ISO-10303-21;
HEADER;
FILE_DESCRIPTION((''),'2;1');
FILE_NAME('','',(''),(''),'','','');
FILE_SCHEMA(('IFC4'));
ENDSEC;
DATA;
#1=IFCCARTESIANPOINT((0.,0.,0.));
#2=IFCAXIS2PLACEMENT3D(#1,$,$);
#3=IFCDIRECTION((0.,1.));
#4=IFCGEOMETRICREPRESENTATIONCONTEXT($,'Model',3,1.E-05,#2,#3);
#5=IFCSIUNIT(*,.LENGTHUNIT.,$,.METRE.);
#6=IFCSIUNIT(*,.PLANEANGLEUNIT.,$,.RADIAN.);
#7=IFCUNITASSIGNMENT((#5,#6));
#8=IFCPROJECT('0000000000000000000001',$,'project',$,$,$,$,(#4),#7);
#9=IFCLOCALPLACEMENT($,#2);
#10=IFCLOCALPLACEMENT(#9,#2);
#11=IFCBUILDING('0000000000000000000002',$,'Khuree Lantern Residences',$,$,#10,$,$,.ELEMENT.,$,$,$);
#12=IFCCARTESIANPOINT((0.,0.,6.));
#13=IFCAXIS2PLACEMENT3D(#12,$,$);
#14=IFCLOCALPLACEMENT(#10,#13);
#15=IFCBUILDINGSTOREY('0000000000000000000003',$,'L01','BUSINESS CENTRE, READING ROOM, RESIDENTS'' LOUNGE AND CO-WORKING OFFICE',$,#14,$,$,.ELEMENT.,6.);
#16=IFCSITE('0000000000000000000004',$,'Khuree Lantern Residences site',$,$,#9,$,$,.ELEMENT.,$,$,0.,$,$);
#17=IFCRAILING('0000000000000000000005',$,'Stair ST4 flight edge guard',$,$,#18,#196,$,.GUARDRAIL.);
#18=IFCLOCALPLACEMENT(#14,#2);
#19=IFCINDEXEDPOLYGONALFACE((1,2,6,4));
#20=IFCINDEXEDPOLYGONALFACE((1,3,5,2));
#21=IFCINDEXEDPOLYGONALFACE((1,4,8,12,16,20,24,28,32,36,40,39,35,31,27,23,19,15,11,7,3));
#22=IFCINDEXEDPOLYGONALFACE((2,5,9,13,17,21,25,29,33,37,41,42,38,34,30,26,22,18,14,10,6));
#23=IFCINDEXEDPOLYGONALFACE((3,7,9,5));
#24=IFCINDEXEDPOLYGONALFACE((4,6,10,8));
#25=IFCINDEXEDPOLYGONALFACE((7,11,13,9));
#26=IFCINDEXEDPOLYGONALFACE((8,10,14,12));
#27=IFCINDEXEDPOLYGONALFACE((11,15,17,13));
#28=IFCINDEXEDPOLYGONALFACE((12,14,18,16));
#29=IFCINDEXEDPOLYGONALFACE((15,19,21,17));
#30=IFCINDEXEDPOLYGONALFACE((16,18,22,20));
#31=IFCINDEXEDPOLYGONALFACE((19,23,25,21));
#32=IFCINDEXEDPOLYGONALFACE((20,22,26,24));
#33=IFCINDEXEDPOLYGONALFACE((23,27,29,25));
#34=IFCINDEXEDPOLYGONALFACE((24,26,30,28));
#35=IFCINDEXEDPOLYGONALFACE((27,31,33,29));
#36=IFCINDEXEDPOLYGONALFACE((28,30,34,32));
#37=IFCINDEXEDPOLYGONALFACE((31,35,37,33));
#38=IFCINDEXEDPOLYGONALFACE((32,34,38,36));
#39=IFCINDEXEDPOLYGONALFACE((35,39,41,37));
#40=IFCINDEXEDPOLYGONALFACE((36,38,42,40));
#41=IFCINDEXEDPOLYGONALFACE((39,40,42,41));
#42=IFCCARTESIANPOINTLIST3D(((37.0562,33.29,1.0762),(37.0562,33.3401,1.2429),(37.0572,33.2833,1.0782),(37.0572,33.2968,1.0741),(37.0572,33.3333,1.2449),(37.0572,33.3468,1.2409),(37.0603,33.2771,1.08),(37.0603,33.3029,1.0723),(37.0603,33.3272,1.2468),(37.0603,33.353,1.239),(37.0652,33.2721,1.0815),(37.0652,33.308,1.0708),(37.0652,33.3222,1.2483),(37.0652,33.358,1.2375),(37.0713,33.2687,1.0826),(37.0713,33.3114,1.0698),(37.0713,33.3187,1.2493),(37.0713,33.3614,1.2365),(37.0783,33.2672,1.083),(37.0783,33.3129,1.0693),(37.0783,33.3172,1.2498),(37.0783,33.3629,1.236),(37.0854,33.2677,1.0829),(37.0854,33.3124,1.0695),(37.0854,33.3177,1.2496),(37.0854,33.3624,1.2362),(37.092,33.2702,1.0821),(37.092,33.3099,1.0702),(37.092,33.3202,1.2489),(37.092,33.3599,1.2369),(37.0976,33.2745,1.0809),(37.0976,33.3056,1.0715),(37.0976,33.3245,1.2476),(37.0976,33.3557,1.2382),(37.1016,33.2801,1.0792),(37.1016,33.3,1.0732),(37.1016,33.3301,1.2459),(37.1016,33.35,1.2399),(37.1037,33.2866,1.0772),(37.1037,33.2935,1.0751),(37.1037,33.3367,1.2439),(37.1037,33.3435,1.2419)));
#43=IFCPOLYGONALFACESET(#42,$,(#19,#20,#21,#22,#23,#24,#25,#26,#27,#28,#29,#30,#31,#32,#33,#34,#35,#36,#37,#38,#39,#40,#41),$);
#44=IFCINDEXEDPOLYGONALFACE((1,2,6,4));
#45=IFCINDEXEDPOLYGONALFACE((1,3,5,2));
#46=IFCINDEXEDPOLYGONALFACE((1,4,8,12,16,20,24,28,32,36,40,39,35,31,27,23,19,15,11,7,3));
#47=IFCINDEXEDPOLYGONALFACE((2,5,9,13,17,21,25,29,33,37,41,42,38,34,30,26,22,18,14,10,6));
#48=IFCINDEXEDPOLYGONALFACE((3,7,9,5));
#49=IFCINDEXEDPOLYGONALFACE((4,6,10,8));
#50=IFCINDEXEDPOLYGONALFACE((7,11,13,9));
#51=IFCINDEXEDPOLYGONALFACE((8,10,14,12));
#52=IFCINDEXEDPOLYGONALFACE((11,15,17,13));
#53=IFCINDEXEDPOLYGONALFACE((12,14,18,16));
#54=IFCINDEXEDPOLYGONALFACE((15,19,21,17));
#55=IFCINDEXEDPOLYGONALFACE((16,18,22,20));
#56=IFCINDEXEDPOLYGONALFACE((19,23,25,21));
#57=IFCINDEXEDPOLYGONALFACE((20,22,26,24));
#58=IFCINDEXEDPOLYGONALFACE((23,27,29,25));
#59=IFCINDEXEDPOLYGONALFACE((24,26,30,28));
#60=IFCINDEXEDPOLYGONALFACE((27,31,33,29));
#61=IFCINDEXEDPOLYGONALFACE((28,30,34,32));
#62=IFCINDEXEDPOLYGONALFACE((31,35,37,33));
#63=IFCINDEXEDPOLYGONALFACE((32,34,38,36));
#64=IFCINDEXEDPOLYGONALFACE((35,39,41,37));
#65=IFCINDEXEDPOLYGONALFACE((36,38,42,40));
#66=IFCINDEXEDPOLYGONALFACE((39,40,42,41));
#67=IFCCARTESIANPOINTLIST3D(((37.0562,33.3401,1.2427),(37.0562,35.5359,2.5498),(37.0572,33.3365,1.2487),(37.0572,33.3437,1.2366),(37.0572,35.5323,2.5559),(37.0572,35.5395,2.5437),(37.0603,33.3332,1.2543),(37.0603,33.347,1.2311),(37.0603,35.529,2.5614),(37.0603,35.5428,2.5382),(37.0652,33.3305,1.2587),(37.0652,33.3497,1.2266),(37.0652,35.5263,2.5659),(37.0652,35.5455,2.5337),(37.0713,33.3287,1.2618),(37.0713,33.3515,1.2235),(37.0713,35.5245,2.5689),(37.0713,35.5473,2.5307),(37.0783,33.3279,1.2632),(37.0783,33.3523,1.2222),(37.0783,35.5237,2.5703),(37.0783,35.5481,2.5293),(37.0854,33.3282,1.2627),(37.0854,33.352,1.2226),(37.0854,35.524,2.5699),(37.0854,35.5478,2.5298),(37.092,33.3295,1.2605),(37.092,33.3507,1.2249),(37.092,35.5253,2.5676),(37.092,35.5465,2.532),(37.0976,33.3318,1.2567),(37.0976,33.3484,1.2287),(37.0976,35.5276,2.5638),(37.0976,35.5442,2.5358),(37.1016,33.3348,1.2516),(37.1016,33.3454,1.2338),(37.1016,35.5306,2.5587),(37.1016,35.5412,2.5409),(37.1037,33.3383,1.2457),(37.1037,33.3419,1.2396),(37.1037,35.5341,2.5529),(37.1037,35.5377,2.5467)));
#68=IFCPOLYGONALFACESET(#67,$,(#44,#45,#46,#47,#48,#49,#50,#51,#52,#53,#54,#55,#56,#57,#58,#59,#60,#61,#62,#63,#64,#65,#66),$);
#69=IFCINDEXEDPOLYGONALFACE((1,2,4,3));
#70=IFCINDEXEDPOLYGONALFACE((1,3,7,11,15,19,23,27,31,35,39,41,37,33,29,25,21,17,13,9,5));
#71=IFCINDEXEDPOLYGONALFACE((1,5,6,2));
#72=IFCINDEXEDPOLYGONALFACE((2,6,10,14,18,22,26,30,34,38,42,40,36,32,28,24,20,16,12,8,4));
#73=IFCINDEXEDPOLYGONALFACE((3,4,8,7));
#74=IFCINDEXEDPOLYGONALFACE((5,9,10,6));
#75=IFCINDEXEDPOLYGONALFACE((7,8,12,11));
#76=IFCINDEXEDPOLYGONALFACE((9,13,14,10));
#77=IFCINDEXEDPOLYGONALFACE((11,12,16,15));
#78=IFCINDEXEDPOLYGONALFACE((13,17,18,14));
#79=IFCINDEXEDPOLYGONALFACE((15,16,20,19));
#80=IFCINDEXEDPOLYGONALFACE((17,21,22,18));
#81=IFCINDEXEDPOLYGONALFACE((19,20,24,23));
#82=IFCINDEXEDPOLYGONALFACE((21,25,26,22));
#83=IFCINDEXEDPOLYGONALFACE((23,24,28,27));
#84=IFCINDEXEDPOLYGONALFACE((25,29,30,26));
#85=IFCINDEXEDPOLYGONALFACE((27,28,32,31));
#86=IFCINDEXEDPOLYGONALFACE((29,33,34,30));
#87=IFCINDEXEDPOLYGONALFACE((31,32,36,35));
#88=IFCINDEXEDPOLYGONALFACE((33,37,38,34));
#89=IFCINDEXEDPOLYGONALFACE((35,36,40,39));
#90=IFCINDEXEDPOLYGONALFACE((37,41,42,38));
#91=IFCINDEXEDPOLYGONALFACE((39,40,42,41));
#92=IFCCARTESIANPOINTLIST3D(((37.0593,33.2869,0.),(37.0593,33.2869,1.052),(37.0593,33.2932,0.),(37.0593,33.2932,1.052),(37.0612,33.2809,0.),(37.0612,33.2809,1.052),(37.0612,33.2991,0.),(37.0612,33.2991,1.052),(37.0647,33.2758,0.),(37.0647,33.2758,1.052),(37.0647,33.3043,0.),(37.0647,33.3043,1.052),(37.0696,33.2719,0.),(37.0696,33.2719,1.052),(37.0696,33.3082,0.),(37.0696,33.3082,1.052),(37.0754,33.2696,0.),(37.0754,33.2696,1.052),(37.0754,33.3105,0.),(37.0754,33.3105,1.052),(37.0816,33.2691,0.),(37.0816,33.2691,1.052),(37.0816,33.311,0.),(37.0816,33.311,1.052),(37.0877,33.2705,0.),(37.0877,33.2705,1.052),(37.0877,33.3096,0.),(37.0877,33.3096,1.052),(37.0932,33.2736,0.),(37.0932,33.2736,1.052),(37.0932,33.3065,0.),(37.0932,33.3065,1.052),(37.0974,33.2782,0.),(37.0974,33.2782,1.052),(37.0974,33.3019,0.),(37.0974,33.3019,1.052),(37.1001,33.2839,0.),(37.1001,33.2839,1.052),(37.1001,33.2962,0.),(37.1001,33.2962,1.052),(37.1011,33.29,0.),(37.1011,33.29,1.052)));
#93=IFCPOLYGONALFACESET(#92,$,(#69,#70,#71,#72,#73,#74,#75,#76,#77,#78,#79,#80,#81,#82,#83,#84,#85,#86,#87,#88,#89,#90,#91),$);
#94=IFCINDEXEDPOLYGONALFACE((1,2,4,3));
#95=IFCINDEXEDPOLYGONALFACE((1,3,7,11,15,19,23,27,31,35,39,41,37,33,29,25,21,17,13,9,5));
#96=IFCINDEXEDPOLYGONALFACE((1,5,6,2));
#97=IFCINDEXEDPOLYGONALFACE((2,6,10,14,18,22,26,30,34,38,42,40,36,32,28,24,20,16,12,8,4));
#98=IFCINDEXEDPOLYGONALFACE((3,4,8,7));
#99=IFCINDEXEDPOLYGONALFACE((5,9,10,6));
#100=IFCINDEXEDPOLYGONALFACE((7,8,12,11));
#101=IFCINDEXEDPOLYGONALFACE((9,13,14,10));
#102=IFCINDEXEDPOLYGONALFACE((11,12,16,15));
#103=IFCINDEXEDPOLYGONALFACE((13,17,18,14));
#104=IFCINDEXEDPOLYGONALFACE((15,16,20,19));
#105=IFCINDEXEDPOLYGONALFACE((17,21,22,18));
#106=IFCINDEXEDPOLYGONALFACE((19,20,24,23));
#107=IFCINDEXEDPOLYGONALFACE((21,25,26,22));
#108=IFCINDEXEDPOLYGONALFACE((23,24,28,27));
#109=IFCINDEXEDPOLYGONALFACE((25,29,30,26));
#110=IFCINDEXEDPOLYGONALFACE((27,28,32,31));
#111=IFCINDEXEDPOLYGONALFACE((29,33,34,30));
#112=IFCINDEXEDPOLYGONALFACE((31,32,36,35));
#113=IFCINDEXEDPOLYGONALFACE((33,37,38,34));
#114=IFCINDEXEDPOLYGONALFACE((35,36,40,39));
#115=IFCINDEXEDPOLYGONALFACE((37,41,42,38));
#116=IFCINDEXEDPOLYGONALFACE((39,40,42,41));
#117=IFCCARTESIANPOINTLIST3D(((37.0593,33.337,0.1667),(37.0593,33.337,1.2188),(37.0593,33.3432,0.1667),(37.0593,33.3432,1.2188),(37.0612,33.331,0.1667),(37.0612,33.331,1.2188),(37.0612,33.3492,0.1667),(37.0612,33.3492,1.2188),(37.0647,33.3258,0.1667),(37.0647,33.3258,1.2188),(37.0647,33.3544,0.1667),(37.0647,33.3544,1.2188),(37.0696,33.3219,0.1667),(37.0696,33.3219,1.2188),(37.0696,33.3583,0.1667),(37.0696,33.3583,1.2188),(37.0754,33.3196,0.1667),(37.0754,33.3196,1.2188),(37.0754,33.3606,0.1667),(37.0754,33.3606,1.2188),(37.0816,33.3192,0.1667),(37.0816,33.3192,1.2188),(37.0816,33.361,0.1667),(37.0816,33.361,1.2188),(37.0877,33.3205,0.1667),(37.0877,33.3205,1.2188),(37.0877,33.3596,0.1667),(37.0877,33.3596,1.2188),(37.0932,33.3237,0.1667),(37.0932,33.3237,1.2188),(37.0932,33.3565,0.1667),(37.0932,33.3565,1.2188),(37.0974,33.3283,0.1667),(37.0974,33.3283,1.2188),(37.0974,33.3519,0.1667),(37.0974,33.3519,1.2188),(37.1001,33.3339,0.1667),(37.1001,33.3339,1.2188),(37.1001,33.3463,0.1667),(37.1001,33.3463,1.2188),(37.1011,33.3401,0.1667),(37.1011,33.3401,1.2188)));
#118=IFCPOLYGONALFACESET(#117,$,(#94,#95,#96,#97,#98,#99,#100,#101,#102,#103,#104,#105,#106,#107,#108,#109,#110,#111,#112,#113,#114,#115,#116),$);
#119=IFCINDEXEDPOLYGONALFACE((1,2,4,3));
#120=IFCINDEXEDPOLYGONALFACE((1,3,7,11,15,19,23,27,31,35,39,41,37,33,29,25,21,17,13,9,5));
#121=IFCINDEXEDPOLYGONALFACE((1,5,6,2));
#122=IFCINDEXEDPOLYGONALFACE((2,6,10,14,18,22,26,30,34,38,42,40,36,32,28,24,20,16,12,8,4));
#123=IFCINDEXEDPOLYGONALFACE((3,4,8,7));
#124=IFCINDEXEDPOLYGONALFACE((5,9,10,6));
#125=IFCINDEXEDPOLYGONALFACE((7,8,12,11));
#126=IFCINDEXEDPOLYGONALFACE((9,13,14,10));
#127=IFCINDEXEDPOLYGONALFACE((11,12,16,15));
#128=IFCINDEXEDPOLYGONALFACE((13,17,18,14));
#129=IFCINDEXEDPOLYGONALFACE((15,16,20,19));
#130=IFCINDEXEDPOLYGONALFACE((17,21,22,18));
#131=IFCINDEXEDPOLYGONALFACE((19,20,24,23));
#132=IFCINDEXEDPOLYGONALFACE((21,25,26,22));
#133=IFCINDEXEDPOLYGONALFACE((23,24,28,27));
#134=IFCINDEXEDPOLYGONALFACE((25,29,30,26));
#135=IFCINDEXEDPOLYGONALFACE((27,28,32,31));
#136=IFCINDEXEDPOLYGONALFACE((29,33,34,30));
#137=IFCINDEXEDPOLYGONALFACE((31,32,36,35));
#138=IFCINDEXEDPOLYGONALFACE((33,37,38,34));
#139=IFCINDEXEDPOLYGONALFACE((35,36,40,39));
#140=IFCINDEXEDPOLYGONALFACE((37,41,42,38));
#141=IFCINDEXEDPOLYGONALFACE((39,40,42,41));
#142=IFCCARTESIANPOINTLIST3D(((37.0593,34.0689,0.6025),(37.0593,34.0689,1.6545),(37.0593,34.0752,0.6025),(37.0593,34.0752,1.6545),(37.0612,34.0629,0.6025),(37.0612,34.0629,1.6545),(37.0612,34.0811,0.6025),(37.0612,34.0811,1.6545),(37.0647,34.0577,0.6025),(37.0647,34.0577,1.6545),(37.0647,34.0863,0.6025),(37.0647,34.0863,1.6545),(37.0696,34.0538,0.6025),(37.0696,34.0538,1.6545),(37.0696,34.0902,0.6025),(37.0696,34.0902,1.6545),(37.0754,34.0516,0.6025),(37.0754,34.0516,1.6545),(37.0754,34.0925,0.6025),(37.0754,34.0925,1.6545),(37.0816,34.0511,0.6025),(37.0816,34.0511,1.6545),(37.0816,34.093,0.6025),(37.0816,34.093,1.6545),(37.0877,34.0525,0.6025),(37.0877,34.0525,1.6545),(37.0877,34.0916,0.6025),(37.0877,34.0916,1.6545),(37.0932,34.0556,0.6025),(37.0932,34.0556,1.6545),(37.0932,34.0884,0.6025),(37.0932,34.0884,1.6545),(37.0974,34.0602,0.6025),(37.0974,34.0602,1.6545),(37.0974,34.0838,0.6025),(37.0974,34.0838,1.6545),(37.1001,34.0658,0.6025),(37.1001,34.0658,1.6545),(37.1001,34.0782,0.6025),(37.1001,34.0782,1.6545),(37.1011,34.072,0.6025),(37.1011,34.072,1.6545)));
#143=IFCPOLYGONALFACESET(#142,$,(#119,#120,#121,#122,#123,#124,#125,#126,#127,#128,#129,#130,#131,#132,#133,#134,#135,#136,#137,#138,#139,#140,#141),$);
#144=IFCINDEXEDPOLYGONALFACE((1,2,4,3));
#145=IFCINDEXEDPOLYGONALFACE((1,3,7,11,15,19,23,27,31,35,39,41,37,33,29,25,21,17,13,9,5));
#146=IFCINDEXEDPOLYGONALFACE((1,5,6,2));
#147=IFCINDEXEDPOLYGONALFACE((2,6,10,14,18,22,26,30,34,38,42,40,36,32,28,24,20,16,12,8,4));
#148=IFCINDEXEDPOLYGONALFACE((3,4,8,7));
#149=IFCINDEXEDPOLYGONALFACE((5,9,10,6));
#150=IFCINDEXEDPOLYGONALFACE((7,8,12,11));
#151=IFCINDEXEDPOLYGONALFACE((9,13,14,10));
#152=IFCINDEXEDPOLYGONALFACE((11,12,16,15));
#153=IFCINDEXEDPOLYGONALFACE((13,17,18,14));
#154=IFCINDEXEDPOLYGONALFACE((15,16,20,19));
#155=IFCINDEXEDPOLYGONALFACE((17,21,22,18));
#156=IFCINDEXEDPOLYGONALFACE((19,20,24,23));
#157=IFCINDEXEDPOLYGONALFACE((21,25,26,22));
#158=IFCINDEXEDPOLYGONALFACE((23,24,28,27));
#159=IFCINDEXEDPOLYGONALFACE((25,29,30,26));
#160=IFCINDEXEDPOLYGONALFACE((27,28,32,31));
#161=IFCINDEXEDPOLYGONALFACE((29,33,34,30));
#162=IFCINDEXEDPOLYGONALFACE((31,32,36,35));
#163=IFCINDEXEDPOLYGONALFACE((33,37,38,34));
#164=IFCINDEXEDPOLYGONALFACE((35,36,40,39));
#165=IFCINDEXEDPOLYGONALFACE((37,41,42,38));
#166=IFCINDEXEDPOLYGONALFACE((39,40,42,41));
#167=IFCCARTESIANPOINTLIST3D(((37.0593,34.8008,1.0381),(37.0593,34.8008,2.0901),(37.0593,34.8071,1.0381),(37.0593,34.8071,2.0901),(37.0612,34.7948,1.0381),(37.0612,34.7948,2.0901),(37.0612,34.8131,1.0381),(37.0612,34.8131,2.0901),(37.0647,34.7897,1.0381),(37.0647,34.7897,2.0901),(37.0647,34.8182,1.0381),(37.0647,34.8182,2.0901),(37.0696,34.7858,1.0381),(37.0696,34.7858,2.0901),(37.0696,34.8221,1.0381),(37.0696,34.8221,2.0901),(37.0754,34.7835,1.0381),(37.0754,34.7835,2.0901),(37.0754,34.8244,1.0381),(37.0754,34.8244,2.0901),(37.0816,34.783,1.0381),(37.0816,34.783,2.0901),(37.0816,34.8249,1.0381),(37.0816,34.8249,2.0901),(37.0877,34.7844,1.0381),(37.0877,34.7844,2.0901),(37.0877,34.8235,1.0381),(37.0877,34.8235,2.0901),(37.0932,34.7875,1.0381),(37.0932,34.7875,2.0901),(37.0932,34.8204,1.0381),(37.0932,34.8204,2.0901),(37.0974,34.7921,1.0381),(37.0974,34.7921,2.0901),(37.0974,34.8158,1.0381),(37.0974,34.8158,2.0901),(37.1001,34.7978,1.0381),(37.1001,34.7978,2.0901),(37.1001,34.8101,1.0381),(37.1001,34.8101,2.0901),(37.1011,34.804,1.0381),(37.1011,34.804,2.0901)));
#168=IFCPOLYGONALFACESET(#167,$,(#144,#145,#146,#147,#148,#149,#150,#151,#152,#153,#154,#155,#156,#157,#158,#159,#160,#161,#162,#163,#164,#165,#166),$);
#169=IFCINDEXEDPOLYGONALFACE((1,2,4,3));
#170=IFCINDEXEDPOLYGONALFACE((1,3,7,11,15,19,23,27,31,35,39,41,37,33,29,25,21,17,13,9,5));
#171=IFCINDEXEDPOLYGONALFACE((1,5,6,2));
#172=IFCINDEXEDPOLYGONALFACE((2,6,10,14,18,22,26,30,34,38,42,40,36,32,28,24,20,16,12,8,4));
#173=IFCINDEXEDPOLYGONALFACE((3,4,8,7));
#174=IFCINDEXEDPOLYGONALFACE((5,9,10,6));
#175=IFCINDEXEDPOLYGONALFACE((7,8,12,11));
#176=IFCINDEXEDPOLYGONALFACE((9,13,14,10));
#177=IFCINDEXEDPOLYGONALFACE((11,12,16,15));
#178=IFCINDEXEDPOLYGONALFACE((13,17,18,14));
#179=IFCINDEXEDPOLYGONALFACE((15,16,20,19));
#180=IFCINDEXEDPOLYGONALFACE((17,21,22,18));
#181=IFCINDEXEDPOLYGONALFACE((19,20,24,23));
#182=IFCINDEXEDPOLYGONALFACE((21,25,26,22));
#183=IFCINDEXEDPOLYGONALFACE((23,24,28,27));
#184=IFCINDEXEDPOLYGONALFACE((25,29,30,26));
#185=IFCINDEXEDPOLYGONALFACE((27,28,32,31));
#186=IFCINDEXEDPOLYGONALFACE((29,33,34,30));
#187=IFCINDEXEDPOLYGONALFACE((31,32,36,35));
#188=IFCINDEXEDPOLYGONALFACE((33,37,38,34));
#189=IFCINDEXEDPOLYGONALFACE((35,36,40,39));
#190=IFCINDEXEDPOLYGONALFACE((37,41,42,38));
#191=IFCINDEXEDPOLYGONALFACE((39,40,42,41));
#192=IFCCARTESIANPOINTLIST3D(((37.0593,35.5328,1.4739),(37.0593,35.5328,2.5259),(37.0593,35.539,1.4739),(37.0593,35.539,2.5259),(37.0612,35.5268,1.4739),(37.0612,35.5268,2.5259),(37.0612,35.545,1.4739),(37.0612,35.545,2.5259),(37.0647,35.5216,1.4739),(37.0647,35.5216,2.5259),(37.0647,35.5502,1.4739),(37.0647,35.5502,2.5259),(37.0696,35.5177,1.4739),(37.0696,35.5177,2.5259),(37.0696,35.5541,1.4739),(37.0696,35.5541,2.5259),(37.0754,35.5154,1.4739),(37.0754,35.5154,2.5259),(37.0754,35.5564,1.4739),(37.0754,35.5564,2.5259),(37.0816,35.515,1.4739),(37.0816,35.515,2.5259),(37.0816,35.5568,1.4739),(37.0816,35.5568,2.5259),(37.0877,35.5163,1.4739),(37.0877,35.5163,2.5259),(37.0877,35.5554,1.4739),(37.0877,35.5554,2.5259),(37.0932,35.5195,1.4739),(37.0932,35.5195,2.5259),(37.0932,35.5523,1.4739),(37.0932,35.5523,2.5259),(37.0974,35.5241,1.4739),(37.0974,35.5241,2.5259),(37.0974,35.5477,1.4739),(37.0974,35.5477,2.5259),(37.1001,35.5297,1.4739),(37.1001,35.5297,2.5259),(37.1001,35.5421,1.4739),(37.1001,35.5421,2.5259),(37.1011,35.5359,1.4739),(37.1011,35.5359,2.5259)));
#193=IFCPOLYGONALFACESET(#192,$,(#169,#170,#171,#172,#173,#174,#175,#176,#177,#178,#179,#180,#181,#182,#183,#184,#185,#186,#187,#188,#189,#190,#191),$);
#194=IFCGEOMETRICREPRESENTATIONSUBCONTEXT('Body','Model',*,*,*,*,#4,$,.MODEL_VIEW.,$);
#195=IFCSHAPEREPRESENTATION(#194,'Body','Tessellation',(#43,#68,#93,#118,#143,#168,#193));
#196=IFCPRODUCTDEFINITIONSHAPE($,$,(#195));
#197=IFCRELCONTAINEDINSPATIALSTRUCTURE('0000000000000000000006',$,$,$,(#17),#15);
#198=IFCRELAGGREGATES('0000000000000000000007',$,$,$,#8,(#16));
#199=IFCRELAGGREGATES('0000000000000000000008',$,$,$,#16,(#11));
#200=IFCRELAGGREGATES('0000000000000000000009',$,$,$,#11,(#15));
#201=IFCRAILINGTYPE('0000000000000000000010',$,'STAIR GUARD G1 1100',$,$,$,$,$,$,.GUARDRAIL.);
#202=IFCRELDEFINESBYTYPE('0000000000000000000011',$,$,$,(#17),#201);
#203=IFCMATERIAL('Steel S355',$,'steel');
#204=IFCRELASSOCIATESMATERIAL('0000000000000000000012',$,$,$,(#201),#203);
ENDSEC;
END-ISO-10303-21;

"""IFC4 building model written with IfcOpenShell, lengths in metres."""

from ifc_helpers import new_model, si_unit, direction, frame, origin, origin_2d, place, context, subcontext, project, spatial, circle, extrude, material, type_object, element, save


model = new_model("IFC4")

# Units and contexts
model_context = context("Model", 3, precision=1e-05, world=origin(), true_north=direction((0.0, 1.0)))
body_context = subcontext(model_context, "Body", "Model", "MODEL_VIEW")
ifc_project = project(units=[si_unit("LENGTHUNIT", "METRE"), si_unit("PLANEANGLEUNIT", "RADIAN")], contexts=[model_context])

# Site, building, storey
site_placement = place(None, origin())
site = spatial("IfcSite", under=ifc_project, at=site_placement, Name="Khuree Lantern Residences site", CompositionType="ELEMENT", RefElevation=0.0)
building_placement = place(site_placement, origin())
building = spatial("IfcBuilding", under=site, at=building_placement, Name="Khuree Lantern Residences", CompositionType="ELEMENT")
storey_placement = place(building_placement, frame((0.0, 0.0, 6.0)))
storey = spatial("IfcBuildingStorey", under=building, at=storey_placement, Name="L01", Description="BUSINESS CENTRE, READING ROOM, RESIDENTS' LOUNGE AND CO-WORKING OFFICE", CompositionType="ELEMENT", Elevation=6.0)

# Railing
ifc_material_1 = material(Name="Steel S355", Category="steel")
railing_type_1 = type_object("IfcRailingType", Name="STAIR GUARD G1 1100", PredefinedType="GUARDRAIL", material=ifc_material_1)
railing_1_placement = place(storey_placement, frame((37.0801, 33.29, 0.0)))
element("IfcRailing", 1, at=railing_1_placement, inside=storey, type_object=railing_type_1, Name="Stair ST4 flight edge guard", PredefinedType="GUARDRAIL", context=body_context, shape_type="SweptSolid", body=[
    extrude(circle(Radius=0.0239, at=origin_2d()), frame((0.0, 0.0, 1.0762), z_axis=(0.0, 0.287477, 0.957788), x_axis=(-1.0, 0.0, 0.0)), (0.0, 0.0, 1.0), 0.1741),
    extrude(circle(Radius=0.0239, at=origin_2d()), frame((0.0, 0.05, 1.2427), z_axis=(0.0, 0.859275, 0.511514), x_axis=(-1.0, 0.0, 0.0)), (0.0, 0.0, 1.0), 2.5554),
    extrude(circle(Radius=0.021, at=origin_2d()), origin(), (0.0, 0.0, 1.0), 1.052),
    extrude(circle(Radius=0.021, at=origin_2d()), frame((0.0, 0.05, 0.1667)), (0.0, 0.0, 1.0), 1.052),
    extrude(circle(Radius=0.021, at=origin_2d()), frame((0.0, 0.782, 0.6025)), (0.0, 0.0, 1.0), 1.052),
    extrude(circle(Radius=0.021, at=origin_2d()), frame((0.0, 1.5139, 1.0381)), (0.0, 0.0, 1.0), 1.052),
    extrude(circle(Radius=0.021, at=origin_2d()), frame((0.0, 2.2458, 1.4739)), (0.0, 0.0, 1.0), 1.052),
])

save(model, "model.ifc")
